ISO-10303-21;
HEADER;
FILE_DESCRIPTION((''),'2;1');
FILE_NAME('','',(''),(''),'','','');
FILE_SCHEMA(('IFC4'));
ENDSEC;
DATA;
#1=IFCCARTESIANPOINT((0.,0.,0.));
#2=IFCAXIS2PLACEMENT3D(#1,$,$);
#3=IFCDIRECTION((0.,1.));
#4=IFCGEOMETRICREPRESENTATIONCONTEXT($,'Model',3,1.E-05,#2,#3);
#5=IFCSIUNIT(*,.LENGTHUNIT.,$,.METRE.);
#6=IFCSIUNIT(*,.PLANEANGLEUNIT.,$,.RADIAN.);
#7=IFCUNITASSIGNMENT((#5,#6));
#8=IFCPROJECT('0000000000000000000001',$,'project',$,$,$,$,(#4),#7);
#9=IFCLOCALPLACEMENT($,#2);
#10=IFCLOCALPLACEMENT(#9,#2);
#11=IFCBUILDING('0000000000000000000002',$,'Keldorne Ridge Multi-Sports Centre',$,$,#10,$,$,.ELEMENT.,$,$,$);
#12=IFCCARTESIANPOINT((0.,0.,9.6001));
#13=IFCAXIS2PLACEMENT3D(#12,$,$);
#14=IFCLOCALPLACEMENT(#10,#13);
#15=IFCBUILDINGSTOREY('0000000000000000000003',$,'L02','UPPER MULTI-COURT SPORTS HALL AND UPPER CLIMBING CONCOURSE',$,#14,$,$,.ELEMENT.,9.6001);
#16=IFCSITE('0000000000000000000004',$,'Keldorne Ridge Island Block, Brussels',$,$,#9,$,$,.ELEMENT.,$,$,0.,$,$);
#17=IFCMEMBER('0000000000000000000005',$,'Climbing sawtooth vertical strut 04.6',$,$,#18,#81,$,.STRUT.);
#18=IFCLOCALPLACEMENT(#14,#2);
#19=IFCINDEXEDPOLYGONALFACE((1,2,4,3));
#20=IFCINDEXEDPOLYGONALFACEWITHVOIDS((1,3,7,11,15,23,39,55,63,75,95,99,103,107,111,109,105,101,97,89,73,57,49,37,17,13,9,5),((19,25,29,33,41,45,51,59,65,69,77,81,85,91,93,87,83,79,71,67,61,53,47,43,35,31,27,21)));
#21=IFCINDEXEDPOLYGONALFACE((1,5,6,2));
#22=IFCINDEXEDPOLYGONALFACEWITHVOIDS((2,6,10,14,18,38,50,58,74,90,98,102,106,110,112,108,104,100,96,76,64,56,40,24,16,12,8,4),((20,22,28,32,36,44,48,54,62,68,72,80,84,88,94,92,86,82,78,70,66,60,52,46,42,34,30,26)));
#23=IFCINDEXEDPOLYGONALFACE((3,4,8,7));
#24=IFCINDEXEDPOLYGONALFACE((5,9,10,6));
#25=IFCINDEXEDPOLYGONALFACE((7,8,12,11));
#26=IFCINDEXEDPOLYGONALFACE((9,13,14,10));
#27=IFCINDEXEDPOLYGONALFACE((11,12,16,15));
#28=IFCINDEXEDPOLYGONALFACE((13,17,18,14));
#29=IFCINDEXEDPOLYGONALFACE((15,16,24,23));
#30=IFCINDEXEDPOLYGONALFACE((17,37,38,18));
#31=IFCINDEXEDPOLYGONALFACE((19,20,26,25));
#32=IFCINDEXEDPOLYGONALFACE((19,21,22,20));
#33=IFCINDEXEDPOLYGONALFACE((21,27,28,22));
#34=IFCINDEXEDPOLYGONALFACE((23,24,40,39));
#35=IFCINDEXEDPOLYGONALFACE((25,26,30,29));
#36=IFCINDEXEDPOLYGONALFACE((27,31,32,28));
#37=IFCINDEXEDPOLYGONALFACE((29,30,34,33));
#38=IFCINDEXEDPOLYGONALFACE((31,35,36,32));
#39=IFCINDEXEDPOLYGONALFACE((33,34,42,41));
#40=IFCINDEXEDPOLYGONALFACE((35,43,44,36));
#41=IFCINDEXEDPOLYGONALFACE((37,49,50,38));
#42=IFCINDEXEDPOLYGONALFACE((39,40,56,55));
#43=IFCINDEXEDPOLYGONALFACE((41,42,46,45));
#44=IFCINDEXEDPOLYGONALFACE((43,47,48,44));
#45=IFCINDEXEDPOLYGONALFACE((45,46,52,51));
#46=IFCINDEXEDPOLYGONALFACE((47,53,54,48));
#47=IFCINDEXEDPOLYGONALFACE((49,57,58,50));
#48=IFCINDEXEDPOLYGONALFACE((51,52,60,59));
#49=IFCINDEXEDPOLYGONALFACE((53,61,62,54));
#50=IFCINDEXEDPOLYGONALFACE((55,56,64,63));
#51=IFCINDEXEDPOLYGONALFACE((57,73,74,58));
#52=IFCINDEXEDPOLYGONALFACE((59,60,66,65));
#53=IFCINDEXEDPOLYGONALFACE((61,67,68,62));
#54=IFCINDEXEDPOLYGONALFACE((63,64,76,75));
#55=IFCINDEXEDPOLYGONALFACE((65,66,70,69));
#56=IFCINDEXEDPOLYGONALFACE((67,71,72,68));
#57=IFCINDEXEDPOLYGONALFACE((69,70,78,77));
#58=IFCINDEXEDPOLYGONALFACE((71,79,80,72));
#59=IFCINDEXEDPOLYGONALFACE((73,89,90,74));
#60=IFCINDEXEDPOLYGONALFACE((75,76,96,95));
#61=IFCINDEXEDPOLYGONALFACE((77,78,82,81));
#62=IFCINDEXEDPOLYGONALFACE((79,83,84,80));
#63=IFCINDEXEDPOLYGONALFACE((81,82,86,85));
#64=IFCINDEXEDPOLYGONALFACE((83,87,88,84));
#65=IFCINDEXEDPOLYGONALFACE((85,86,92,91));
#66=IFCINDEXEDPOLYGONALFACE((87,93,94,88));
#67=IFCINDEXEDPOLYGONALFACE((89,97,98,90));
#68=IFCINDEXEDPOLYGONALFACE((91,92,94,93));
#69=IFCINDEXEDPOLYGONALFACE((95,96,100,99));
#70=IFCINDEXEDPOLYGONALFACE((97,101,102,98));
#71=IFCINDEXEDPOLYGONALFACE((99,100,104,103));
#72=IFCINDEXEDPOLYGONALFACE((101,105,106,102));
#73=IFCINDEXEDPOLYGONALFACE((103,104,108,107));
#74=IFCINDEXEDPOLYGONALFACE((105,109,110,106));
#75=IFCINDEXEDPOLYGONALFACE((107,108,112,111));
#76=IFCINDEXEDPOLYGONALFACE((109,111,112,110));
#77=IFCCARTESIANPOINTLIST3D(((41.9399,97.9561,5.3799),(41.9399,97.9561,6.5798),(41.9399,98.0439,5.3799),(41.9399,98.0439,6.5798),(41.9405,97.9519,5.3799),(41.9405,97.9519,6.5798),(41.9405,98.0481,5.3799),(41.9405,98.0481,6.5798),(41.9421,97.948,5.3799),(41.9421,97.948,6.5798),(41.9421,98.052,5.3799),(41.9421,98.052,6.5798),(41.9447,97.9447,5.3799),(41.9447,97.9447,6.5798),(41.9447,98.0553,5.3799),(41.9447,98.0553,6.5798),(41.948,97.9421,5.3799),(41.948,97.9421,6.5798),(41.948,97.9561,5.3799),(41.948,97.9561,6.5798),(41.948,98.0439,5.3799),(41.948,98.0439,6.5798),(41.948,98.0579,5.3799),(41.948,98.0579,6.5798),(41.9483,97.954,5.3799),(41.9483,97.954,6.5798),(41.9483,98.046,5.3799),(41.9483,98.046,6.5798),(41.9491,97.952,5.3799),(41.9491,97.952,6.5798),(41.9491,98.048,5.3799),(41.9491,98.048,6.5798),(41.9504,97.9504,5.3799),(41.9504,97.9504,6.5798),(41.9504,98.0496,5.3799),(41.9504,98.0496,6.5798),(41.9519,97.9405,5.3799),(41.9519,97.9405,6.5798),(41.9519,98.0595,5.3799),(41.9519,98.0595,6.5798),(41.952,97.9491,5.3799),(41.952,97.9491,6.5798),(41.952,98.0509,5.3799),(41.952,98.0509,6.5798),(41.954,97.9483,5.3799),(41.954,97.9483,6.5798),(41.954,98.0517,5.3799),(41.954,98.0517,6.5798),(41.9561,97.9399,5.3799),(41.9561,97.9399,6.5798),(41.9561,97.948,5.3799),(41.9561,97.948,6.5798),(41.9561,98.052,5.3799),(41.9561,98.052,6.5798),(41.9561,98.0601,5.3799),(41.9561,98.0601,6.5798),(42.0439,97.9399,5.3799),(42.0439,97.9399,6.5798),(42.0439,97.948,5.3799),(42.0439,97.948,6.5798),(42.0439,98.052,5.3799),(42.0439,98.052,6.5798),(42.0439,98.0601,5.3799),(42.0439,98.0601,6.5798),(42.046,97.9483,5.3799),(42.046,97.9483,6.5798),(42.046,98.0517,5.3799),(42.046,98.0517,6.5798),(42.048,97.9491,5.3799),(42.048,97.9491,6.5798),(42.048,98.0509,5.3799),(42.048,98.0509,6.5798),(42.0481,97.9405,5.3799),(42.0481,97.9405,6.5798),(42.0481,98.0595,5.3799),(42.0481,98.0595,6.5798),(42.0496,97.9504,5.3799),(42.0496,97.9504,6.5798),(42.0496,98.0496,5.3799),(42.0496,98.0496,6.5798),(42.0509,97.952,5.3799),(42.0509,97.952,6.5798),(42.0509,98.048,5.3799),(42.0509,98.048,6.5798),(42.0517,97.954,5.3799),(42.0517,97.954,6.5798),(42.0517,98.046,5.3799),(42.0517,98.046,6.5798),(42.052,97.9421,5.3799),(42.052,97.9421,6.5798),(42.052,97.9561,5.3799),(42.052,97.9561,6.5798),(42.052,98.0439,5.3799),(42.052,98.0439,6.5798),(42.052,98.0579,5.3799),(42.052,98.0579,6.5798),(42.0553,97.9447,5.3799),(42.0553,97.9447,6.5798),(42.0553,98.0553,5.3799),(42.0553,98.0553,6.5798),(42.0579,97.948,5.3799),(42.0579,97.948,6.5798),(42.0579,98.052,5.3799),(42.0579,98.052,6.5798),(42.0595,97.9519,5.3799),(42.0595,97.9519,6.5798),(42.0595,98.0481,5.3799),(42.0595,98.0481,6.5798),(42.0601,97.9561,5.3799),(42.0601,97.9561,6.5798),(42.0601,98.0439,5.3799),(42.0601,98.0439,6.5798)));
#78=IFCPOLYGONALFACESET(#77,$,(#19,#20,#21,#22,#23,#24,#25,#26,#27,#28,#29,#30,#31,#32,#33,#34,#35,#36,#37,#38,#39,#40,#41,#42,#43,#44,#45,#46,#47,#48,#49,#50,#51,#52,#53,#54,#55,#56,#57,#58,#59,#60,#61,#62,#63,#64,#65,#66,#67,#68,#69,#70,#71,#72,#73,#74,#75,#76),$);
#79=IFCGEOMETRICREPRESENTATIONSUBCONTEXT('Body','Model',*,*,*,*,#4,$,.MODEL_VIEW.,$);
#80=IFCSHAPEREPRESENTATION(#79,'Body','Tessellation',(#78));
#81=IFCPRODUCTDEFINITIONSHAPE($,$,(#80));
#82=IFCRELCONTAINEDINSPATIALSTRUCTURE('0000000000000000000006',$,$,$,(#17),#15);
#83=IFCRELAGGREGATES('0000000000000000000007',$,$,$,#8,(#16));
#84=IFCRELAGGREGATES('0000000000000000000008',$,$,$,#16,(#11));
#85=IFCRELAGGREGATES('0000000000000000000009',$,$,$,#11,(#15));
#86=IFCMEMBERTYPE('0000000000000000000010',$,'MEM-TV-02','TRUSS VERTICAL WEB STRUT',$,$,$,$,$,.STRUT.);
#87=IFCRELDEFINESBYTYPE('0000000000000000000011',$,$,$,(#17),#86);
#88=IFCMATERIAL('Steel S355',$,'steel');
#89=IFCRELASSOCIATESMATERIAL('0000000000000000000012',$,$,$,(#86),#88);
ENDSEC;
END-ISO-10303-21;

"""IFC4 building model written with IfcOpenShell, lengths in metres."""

from ifc_helpers import new_model, si_unit, direction, frame, origin, origin_2d, place, context, subcontext, project, spatial, hollow_rectangle, extrude, material, material_profile, profile_set, type_object, element, save


model = new_model("IFC4")

# Units and contexts
model_context = context("Model", 3, precision=1e-05, world=origin(), true_north=direction((0.0, 1.0)))
body_context = subcontext(model_context, "Body", "Model", "MODEL_VIEW")
ifc_project = project(units=[si_unit("LENGTHUNIT", "METRE"), si_unit("PLANEANGLEUNIT", "RADIAN")], contexts=[model_context])

# Site, building, storey
site_placement = place(None, origin())
site = spatial("IfcSite", under=ifc_project, at=site_placement, Name="Keldorne Ridge Island Block, Brussels", CompositionType="ELEMENT", RefElevation=0.0)
building_placement = place(site_placement, origin())
building = spatial("IfcBuilding", under=site, at=building_placement, Name="Keldorne Ridge Multi-Sports Centre", CompositionType="ELEMENT")
storey_placement = place(building_placement, frame((0.0, 0.0, 9.6001)))
storey = spatial("IfcBuildingStorey", under=building, at=storey_placement, Name="L02", Description="UPPER MULTI-COURT SPORTS HALL AND UPPER CLIMBING CONCOURSE", CompositionType="ELEMENT", Elevation=9.6001)

# Shared definitions
ifc_material_1 = material(Name="Steel S355", Category="steel")

# Member
ifc_material_profile_1 = material_profile(ifc_material_1, hollow_rectangle(XDim=0.1201, YDim=0.1201, WallThickness=0.0081, InnerFilletRadius=0.0081, OuterFilletRadius=0.0161, at=origin_2d()), Name="SHS 120x120x8")
ifc_profile_set_1 = profile_set([ifc_material_profile_1], Name="Steel S355")
member_type_1 = type_object("IfcMemberType", Name="MEM-TV-02", Description="TRUSS VERTICAL WEB STRUT", PredefinedType="STRUT", material=ifc_profile_set_1)
for number, where, z_axis, x_axis, name in (
    (1, (42.0, 98.0, 5.3799), (0.0, 0.0, 1.0), (1.0, 0.0, 0.0), "Climbing sawtooth vertical strut 04.6"),
):
    element("IfcMember", number, at=place(storey_placement, frame(where, z_axis=z_axis, x_axis=x_axis)), inside=storey, type_object=member_type_1, Name=name, PredefinedType="STRUT", context=body_context, shape_type="SweptSolid", body=[
        extrude(hollow_rectangle(XDim=0.1201, YDim=0.1201, WallThickness=0.0081, InnerFilletRadius=0.0081, OuterFilletRadius=0.0161, at=origin_2d()), origin(), (0.0, 0.0, 1.0), 1.2),
    ])

save(model, "model.ifc")
